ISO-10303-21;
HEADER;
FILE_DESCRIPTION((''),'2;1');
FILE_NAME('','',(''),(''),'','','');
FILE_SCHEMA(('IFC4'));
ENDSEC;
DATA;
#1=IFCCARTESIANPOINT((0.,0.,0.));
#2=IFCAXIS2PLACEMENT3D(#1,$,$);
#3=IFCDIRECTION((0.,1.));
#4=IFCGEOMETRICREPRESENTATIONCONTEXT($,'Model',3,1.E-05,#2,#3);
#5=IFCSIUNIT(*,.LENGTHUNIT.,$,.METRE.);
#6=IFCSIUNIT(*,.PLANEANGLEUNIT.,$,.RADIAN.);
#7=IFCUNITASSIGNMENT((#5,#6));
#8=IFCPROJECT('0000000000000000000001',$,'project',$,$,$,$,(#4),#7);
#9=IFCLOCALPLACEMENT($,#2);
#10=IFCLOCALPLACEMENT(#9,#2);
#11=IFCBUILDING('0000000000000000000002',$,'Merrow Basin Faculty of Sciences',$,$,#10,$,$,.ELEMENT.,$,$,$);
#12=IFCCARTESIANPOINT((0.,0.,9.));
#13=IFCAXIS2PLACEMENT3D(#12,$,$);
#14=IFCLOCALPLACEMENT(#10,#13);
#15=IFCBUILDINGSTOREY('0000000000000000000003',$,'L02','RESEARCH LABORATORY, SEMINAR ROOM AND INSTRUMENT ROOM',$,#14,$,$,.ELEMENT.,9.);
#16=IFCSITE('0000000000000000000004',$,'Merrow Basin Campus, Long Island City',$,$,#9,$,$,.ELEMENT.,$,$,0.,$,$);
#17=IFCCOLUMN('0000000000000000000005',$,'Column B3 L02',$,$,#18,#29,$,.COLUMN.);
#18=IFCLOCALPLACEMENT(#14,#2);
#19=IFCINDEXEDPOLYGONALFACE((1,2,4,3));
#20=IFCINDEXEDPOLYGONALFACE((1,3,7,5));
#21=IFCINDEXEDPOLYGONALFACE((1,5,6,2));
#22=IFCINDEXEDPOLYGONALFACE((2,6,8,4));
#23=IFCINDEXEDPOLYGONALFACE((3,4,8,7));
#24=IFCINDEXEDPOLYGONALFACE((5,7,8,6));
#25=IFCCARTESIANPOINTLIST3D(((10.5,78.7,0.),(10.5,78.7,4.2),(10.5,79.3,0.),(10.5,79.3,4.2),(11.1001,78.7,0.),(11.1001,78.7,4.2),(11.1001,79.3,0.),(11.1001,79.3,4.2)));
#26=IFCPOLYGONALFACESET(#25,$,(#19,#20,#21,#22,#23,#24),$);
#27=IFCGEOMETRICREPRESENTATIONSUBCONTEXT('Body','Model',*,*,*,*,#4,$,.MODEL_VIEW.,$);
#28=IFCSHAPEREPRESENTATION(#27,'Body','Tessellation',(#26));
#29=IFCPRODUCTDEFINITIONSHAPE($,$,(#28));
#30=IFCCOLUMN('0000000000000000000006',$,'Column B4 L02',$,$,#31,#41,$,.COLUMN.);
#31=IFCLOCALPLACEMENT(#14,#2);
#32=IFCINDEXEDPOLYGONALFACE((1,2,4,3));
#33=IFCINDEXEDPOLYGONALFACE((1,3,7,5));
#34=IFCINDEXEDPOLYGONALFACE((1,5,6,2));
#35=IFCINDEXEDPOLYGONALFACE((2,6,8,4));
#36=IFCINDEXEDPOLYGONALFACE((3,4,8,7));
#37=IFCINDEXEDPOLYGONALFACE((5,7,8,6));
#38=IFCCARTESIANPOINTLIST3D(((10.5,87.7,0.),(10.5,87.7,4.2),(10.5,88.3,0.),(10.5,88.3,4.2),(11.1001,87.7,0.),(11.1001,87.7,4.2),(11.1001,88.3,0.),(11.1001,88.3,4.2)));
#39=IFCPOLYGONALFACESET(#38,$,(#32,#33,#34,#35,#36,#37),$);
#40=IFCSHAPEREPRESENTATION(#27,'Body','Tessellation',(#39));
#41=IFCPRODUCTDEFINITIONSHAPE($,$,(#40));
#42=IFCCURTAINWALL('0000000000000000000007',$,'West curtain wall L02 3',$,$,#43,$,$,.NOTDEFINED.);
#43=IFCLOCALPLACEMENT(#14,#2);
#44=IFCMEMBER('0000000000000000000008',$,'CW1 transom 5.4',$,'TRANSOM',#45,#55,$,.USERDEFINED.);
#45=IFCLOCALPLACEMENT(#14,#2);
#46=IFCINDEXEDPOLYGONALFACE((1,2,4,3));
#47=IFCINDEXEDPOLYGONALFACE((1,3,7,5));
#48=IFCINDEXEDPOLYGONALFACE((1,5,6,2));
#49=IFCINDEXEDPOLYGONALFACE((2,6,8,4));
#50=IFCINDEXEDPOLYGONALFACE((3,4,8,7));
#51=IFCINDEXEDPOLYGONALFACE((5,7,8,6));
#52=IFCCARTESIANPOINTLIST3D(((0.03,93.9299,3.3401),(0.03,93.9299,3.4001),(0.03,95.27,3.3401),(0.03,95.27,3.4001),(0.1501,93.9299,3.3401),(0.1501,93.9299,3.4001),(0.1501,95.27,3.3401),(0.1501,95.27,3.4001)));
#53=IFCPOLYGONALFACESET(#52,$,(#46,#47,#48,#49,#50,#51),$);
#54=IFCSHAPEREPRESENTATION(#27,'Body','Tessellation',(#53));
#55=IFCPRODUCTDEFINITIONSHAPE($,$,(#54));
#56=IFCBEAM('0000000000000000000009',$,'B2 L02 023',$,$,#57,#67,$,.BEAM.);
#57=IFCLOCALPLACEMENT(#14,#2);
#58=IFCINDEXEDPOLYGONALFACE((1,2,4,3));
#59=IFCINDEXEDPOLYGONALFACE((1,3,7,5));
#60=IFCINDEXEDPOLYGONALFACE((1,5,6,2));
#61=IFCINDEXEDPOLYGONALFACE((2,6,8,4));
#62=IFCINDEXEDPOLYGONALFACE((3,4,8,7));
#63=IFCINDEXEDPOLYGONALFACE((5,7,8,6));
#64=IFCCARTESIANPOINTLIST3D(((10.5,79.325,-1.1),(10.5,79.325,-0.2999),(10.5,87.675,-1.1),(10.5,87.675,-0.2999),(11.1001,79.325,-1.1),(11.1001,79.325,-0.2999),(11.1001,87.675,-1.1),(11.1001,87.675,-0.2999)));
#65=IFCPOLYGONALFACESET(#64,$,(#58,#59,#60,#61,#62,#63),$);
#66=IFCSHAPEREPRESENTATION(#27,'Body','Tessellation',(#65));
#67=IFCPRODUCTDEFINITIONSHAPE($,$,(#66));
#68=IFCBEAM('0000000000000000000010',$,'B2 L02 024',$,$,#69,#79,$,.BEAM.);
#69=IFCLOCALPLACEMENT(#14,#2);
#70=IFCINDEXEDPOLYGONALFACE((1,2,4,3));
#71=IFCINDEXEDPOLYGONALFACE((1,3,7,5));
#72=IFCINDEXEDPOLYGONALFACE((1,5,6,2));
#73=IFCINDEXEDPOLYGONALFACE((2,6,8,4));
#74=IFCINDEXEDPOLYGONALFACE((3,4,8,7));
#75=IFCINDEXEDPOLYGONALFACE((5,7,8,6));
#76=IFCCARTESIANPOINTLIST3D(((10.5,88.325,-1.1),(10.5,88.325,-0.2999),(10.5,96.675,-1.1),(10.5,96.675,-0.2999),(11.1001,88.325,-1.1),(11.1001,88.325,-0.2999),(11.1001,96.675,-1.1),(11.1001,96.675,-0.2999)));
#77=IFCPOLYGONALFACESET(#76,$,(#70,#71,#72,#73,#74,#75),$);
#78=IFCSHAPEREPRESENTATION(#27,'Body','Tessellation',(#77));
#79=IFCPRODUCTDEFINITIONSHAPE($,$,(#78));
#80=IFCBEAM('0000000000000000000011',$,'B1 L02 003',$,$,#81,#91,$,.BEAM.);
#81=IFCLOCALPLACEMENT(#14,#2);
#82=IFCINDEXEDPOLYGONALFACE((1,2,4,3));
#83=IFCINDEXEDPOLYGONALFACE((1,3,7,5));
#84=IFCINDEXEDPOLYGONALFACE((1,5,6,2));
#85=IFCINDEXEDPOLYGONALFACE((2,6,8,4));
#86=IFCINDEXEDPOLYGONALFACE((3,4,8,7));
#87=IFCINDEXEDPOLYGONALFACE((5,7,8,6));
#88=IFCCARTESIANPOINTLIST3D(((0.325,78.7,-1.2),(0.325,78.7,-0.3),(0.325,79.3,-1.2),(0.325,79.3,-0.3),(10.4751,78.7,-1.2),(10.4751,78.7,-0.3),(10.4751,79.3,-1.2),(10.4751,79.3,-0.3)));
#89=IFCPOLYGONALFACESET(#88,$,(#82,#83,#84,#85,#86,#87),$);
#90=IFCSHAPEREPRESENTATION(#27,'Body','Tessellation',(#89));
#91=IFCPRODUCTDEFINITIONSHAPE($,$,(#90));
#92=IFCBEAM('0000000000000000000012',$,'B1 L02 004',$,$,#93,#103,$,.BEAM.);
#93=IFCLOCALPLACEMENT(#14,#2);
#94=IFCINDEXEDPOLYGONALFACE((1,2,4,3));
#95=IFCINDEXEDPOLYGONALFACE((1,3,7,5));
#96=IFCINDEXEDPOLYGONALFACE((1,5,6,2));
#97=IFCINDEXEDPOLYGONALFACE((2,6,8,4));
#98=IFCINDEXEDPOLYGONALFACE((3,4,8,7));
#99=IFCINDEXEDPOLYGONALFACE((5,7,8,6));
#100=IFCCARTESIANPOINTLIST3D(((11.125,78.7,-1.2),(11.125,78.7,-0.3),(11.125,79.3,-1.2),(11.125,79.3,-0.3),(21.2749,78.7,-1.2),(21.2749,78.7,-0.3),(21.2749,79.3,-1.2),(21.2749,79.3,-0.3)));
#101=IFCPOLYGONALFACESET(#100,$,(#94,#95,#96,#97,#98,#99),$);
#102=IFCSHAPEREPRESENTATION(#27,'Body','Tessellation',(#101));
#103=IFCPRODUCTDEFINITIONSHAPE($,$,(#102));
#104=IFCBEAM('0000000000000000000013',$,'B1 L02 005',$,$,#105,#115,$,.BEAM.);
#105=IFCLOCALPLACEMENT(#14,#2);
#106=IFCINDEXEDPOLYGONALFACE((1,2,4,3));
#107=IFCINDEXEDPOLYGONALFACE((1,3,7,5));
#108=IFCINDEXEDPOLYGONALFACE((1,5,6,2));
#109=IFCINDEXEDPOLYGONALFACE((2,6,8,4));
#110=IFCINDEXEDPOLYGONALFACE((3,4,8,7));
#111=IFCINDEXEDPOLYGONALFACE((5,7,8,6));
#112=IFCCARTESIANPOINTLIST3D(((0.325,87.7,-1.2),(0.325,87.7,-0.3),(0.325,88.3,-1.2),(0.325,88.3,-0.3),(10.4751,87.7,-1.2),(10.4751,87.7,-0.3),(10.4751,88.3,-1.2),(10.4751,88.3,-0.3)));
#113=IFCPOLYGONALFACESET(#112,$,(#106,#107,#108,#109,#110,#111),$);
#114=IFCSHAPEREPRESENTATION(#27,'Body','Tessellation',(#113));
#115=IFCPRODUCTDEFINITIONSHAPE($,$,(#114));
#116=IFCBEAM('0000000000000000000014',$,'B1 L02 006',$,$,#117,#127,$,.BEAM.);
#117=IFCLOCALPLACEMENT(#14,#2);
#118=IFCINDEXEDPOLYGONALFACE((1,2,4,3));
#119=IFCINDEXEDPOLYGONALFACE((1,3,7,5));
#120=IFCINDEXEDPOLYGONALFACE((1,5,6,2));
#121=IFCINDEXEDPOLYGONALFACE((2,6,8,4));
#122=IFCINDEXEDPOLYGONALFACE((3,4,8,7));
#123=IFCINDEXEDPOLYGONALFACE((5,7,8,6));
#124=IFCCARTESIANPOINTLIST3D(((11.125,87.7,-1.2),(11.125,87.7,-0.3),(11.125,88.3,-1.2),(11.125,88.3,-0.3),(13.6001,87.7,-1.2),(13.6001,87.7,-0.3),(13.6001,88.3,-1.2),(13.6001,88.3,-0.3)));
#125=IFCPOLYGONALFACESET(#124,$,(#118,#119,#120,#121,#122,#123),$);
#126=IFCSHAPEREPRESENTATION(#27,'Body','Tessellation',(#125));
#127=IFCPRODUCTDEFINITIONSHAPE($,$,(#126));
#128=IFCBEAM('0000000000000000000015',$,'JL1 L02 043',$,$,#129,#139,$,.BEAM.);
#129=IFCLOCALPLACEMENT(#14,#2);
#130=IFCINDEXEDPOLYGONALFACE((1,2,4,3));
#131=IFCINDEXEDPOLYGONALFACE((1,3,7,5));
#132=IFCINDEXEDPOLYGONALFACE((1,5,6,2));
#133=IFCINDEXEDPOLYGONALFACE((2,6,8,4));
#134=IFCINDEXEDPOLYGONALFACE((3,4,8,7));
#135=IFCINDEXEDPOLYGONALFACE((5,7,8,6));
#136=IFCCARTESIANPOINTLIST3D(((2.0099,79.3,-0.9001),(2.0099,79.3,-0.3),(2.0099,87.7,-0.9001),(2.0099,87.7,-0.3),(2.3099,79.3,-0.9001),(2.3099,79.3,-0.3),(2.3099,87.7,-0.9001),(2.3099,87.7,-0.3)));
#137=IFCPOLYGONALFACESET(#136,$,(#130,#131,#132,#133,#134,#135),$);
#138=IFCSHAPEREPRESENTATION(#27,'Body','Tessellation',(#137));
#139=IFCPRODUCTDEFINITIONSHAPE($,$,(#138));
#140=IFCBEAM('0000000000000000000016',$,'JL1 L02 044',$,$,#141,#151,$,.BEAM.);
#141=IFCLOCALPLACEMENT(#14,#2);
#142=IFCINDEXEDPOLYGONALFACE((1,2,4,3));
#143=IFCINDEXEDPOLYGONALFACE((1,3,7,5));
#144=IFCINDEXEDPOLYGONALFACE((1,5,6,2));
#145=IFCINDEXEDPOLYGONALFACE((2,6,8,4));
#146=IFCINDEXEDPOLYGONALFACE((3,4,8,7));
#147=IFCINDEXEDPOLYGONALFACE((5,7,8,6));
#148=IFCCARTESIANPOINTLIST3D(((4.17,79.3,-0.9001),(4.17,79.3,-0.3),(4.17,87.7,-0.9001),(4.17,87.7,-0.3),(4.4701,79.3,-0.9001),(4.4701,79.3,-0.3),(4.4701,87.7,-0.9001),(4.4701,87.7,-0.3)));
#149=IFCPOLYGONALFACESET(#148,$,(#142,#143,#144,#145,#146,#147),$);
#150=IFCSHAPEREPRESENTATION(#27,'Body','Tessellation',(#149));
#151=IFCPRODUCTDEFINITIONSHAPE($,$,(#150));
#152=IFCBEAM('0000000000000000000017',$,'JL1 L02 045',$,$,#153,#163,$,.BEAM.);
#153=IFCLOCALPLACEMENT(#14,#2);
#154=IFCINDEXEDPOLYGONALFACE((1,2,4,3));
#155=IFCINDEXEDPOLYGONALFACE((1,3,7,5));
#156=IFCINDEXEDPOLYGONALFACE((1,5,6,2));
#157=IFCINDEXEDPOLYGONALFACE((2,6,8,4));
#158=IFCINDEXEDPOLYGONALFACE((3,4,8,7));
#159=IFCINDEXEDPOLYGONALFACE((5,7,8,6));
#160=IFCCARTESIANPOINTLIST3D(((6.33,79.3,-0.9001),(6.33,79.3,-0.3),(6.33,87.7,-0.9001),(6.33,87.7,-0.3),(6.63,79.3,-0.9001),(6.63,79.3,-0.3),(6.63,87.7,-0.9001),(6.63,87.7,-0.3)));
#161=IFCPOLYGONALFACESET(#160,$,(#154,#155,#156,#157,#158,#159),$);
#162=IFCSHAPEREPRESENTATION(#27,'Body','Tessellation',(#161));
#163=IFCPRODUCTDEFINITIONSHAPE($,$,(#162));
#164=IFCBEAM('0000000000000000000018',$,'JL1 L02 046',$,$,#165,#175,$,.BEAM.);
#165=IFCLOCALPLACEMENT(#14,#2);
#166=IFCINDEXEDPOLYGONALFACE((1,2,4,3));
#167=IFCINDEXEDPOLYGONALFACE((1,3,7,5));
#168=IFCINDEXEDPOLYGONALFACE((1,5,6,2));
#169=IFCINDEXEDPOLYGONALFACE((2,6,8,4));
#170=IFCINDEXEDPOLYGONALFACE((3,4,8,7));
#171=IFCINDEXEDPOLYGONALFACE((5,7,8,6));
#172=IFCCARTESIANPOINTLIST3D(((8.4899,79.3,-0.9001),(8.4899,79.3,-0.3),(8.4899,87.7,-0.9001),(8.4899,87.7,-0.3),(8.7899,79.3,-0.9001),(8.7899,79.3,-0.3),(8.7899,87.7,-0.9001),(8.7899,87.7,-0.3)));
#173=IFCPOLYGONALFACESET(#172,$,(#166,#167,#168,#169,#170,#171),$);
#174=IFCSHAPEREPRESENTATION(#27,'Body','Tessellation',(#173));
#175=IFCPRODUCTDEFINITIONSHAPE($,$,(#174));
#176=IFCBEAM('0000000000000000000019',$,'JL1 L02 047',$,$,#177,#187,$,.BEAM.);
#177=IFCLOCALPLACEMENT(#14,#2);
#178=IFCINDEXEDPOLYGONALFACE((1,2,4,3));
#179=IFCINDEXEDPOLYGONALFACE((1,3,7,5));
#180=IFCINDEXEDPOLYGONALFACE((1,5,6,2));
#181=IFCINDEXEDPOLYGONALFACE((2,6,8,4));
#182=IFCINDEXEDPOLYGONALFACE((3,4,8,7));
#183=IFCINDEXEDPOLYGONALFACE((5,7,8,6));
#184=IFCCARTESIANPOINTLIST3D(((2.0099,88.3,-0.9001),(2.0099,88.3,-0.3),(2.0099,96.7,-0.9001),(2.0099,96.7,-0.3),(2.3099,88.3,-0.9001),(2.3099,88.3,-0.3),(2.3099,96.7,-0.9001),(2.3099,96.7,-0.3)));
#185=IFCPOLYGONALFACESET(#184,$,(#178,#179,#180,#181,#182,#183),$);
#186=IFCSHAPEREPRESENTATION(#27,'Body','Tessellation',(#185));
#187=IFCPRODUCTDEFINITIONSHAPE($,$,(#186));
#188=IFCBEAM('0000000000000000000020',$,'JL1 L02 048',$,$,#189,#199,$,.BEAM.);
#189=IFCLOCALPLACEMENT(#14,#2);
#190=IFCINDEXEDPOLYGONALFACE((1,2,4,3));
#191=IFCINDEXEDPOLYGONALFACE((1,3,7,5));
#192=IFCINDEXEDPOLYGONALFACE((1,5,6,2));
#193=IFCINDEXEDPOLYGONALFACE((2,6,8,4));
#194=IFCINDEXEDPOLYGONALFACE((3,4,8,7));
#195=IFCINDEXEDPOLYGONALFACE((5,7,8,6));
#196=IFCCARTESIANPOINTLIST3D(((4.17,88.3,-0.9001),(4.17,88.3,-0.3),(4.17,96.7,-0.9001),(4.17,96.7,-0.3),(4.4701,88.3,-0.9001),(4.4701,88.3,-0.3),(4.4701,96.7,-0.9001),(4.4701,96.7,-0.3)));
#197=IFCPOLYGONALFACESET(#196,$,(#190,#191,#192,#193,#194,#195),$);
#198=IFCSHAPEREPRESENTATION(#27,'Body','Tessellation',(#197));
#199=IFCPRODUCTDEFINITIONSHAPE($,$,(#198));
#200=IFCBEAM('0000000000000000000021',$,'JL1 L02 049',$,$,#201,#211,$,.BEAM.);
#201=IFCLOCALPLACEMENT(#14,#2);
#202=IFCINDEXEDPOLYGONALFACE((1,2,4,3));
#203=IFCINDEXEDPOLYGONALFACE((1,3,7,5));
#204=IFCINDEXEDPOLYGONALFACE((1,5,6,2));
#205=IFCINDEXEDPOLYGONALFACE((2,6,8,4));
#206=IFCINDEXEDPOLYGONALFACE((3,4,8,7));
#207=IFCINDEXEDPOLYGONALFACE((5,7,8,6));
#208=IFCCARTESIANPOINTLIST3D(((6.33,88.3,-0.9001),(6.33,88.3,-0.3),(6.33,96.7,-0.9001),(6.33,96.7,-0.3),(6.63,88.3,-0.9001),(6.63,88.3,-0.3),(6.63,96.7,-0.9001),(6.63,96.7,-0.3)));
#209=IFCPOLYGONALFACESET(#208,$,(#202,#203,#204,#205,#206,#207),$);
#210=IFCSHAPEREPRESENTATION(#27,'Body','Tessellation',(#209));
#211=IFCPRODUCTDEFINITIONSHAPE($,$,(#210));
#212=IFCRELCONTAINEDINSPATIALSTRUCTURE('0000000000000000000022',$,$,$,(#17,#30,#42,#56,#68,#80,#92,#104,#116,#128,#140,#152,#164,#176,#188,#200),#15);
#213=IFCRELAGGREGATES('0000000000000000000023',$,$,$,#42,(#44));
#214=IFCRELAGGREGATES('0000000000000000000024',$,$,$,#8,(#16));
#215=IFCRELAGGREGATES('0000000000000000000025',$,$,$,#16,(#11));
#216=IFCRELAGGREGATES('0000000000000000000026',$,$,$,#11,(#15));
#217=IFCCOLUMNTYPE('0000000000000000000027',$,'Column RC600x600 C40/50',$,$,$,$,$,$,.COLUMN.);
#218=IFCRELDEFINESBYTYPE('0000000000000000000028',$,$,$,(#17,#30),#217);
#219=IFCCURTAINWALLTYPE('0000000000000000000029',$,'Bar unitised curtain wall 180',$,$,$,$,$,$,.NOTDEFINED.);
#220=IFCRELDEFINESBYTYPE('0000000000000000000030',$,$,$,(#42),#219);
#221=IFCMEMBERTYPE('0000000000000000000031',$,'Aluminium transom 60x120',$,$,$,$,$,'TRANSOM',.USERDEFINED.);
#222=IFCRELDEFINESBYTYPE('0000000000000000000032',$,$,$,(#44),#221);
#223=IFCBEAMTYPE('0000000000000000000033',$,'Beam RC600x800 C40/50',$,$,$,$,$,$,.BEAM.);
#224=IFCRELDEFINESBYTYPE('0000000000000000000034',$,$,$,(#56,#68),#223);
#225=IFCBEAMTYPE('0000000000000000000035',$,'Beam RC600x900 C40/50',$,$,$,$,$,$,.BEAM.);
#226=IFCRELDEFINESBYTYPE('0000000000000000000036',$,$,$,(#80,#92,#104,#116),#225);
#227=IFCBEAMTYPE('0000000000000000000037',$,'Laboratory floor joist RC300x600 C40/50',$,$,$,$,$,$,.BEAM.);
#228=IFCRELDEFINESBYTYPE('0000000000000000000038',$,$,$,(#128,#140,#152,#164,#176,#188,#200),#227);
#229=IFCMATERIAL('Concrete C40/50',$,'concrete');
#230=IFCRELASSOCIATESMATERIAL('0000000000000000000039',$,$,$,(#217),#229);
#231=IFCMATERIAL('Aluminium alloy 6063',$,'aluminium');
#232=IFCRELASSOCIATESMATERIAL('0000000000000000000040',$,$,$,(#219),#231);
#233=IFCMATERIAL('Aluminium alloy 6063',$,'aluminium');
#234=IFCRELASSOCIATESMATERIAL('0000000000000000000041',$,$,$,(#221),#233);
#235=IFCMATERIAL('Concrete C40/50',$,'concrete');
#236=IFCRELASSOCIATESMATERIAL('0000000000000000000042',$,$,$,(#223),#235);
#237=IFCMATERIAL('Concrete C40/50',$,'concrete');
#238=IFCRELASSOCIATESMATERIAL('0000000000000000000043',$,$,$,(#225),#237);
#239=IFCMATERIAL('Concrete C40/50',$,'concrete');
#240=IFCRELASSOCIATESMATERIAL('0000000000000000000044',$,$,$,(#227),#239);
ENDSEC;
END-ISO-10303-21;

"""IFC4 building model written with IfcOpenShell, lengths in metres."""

from ifc_helpers import new_model, si_unit, direction, frame, origin, origin_2d, place, context, subcontext, project, spatial, rectangle, extrude, material, material_profile, profile_set, type_object, element, aggregate, save


model = new_model("IFC4")

# Units and contexts
model_context = context("Model", 3, precision=1e-05, world=origin(), true_north=direction((0.0, 1.0)))
body_context = subcontext(model_context, "Body", "Model", "MODEL_VIEW")
ifc_project = project(units=[si_unit("LENGTHUNIT", "METRE"), si_unit("PLANEANGLEUNIT", "RADIAN")], contexts=[model_context])

# Site, building, storey
site_placement = place(None, origin())
site = spatial("IfcSite", under=ifc_project, at=site_placement, Name="Merrow Basin Campus, Long Island City", CompositionType="ELEMENT", RefElevation=0.0)
building_placement = place(site_placement, origin())
building = spatial("IfcBuilding", under=site, at=building_placement, Name="Merrow Basin Faculty of Sciences", CompositionType="ELEMENT")
storey_placement = place(building_placement, frame((0.0, 0.0, 9.0)))
storey = spatial("IfcBuildingStorey", under=building, at=storey_placement, Name="L02", Description="RESEARCH LABORATORY, SEMINAR ROOM AND INSTRUMENT ROOM", CompositionType="ELEMENT", Elevation=9.0)

# Columns
ifc_material_1 = material(Name="Concrete C40/50", Category="concrete")
ifc_material_profile_1 = material_profile(ifc_material_1, rectangle(XDim=0.6001, YDim=0.6001, at=origin_2d()))
ifc_profile_set_1 = profile_set([ifc_material_profile_1], Name="Concrete C40/50")
column_type = type_object("IfcColumnType", Name="Column RC600x600 C40/50", PredefinedType="COLUMN", material=ifc_profile_set_1)
for number, where, z_axis, x_axis, name in (
    (1, (10.8, 79.0, 0.0), (0.0, 0.0, 1.0), (1.0, 0.0, 0.0), "Column B3 L02"),
    (2, (10.8, 88.0, 0.0), (0.0, 0.0, 1.0), (1.0, 0.0, 0.0), "Column B4 L02"),
):
    element("IfcColumn", number, at=place(storey_placement, frame(where, z_axis=z_axis, x_axis=x_axis)), inside=storey, type_object=column_type, Name=name, PredefinedType="COLUMN", context=body_context, shape_type="SweptSolid", body=[
        extrude(rectangle(XDim=0.6001, YDim=0.6001, at=origin_2d()), origin(), (0.0, 0.0, 1.0), 4.2),
    ])

# Curtain wall, member
ifc_material_2 = material(Name="Aluminium alloy 6063", Category="aluminium")
curtain_wall_type = type_object("IfcCurtainWallType", Name="Bar unitised curtain wall 180", PredefinedType="NOTDEFINED", material=ifc_material_2)
curtain_wall_placement = place(storey_placement, origin())
curtain_wall = element("IfcCurtainWall", 3, at=curtain_wall_placement, inside=storey, type_object=curtain_wall_type, Name="West curtain wall L02 3", PredefinedType="NOTDEFINED")
ifc_material_3 = material(Name="Aluminium alloy 6063", Category="aluminium")
ifc_material_profile_2 = material_profile(ifc_material_3, rectangle(XDim=0.1201, YDim=0.0601, at=origin_2d()))
ifc_profile_set_2 = profile_set([ifc_material_profile_2], Name="Aluminium alloy 6063")
member_type = type_object("IfcMemberType", Name="Aluminium transom 60x120", ElementType="TRANSOM", PredefinedType="USERDEFINED", material=ifc_profile_set_2)
member_placement = place(storey_placement, frame((0.0901, 93.9299, 3.3701), z_axis=(0.0, 1.0, 0.0), x_axis=(-1.0, 0.0, 0.0)))
member = element("IfcMember", 4, at=member_placement, type_object=member_type, Name="CW1 transom 5.4", ObjectType="TRANSOM", PredefinedType="USERDEFINED", context=body_context, shape_type="SweptSolid", body=[
    extrude(rectangle(XDim=0.1201, YDim=0.0601, at=origin_2d()), origin(), (0.0, 0.0, 1.0), 1.3401),
])
aggregate(curtain_wall, [member])

# Beams
ifc_material_4 = material(Name="Concrete C40/50", Category="concrete")
ifc_material_profile_3 = material_profile(ifc_material_4, rectangle(XDim=0.6001, YDim=0.8, at=origin_2d()))
ifc_profile_set_3 = profile_set([ifc_material_profile_3], Name="Concrete C40/50")
beam_type_1 = type_object("IfcBeamType", Name="Beam RC600x800 C40/50", PredefinedType="BEAM", material=ifc_profile_set_3)
for number, where, z_axis, x_axis, name in (
    (5, (10.8, 79.325, -0.7), (0.0, 1.0, 0.0), (-1.0, 0.0, 0.0), "B2 L02 023"),
    (6, (10.8, 88.325, -0.7), (0.0, 1.0, 0.0), (-1.0, 0.0, 0.0), "B2 L02 024"),
):
    element("IfcBeam", number, at=place(storey_placement, frame(where, z_axis=z_axis, x_axis=x_axis)), inside=storey, type_object=beam_type_1, Name=name, PredefinedType="BEAM", context=body_context, shape_type="SweptSolid", body=[
        extrude(rectangle(XDim=0.6001, YDim=0.8, at=origin_2d()), origin(), (0.0, 0.0, 1.0), 8.3501),
    ])
ifc_material_5 = material(Name="Concrete C40/50", Category="concrete")
ifc_material_profile_4 = material_profile(ifc_material_5, rectangle(XDim=0.6001, YDim=0.8999, at=origin_2d()))
ifc_profile_set_4 = profile_set([ifc_material_profile_4], Name="Concrete C40/50")
beam_type_2 = type_object("IfcBeamType", Name="Beam RC600x900 C40/50", PredefinedType="BEAM", material=ifc_profile_set_4)
beam_1_placement = place(storey_placement, frame((0.325, 79.0, -0.75), z_axis=(1.0, 0.0, 0.0), x_axis=(0.0, 1.0, 0.0)))
element("IfcBeam", 7, at=beam_1_placement, inside=storey, type_object=beam_type_2, Name="B1 L02 003", PredefinedType="BEAM", context=body_context, shape_type="SweptSolid", body=[
    extrude(rectangle(XDim=0.6001, YDim=0.8999, at=origin_2d()), origin(), (0.0, 0.0, 1.0), 10.1501),
])
beam_2_placement = place(storey_placement, frame((11.125, 79.0, -0.75), z_axis=(1.0, 0.0, 0.0), x_axis=(0.0, 1.0, 0.0)))
element("IfcBeam", 8, at=beam_2_placement, inside=storey, type_object=beam_type_2, Name="B1 L02 004", PredefinedType="BEAM", context=body_context, shape_type="SweptSolid", body=[
    extrude(rectangle(XDim=0.6001, YDim=0.8999, at=origin_2d()), origin(), (0.0, 0.0, 1.0), 10.1499),
])
beam_3_placement = place(storey_placement, frame((0.325, 88.0, -0.75), z_axis=(1.0, 0.0, 0.0), x_axis=(0.0, 1.0, 0.0)))
element("IfcBeam", 9, at=beam_3_placement, inside=storey, type_object=beam_type_2, Name="B1 L02 005", PredefinedType="BEAM", context=body_context, shape_type="SweptSolid", body=[
    extrude(rectangle(XDim=0.6001, YDim=0.8999, at=origin_2d()), origin(), (0.0, 0.0, 1.0), 10.1501),
])
beam_4_placement = place(storey_placement, frame((11.125, 88.0, -0.75), z_axis=(1.0, 0.0, 0.0), x_axis=(0.0, 1.0, 0.0)))
element("IfcBeam", 10, at=beam_4_placement, inside=storey, type_object=beam_type_2, Name="B1 L02 006", PredefinedType="BEAM", context=body_context, shape_type="SweptSolid", body=[
    extrude(rectangle(XDim=0.6001, YDim=0.8999, at=origin_2d()), origin(), (0.0, 0.0, 1.0), 2.4751),
])
ifc_material_6 = material(Name="Concrete C40/50", Category="concrete")
ifc_material_profile_5 = material_profile(ifc_material_6, rectangle(XDim=0.3, YDim=0.6001, at=origin_2d()))
ifc_profile_set_5 = profile_set([ifc_material_profile_5], Name="Concrete C40/50")
beam_type_3 = type_object("IfcBeamType", Name="Laboratory floor joist RC300x600 C40/50", PredefinedType="BEAM", material=ifc_profile_set_5)
for number, where, z_axis, x_axis, name in (
    (11, (2.1599, 79.3, -0.6001), (0.0, 1.0, 0.0), (-1.0, 0.0, 0.0), "JL1 L02 043"),
    (12, (4.3201, 79.3, -0.6001), (0.0, 1.0, 0.0), (-1.0, 0.0, 0.0), "JL1 L02 044"),
    (13, (6.48, 79.3, -0.6001), (0.0, 1.0, 0.0), (-1.0, 0.0, 0.0), "JL1 L02 045"),
    (14, (8.6399, 79.3, -0.6001), (0.0, 1.0, 0.0), (-1.0, 0.0, 0.0), "JL1 L02 046"),
    (15, (2.1599, 88.3, -0.6001), (0.0, 1.0, 0.0), (-1.0, 0.0, 0.0), "JL1 L02 047"),
    (16, (4.3201, 88.3, -0.6001), (0.0, 1.0, 0.0), (-1.0, 0.0, 0.0), "JL1 L02 048"),
    (17, (6.48, 88.3, -0.6001), (0.0, 1.0, 0.0), (-1.0, 0.0, 0.0), "JL1 L02 049"),
):
    element("IfcBeam", number, at=place(storey_placement, frame(where, z_axis=z_axis, x_axis=x_axis)), inside=storey, type_object=beam_type_3, Name=name, PredefinedType="BEAM", context=body_context, shape_type="SweptSolid", body=[
        extrude(rectangle(XDim=0.3, YDim=0.6001, at=origin_2d()), origin(), (0.0, 0.0, 1.0), 8.3999),
    ])

save(model, "model.ifc")
